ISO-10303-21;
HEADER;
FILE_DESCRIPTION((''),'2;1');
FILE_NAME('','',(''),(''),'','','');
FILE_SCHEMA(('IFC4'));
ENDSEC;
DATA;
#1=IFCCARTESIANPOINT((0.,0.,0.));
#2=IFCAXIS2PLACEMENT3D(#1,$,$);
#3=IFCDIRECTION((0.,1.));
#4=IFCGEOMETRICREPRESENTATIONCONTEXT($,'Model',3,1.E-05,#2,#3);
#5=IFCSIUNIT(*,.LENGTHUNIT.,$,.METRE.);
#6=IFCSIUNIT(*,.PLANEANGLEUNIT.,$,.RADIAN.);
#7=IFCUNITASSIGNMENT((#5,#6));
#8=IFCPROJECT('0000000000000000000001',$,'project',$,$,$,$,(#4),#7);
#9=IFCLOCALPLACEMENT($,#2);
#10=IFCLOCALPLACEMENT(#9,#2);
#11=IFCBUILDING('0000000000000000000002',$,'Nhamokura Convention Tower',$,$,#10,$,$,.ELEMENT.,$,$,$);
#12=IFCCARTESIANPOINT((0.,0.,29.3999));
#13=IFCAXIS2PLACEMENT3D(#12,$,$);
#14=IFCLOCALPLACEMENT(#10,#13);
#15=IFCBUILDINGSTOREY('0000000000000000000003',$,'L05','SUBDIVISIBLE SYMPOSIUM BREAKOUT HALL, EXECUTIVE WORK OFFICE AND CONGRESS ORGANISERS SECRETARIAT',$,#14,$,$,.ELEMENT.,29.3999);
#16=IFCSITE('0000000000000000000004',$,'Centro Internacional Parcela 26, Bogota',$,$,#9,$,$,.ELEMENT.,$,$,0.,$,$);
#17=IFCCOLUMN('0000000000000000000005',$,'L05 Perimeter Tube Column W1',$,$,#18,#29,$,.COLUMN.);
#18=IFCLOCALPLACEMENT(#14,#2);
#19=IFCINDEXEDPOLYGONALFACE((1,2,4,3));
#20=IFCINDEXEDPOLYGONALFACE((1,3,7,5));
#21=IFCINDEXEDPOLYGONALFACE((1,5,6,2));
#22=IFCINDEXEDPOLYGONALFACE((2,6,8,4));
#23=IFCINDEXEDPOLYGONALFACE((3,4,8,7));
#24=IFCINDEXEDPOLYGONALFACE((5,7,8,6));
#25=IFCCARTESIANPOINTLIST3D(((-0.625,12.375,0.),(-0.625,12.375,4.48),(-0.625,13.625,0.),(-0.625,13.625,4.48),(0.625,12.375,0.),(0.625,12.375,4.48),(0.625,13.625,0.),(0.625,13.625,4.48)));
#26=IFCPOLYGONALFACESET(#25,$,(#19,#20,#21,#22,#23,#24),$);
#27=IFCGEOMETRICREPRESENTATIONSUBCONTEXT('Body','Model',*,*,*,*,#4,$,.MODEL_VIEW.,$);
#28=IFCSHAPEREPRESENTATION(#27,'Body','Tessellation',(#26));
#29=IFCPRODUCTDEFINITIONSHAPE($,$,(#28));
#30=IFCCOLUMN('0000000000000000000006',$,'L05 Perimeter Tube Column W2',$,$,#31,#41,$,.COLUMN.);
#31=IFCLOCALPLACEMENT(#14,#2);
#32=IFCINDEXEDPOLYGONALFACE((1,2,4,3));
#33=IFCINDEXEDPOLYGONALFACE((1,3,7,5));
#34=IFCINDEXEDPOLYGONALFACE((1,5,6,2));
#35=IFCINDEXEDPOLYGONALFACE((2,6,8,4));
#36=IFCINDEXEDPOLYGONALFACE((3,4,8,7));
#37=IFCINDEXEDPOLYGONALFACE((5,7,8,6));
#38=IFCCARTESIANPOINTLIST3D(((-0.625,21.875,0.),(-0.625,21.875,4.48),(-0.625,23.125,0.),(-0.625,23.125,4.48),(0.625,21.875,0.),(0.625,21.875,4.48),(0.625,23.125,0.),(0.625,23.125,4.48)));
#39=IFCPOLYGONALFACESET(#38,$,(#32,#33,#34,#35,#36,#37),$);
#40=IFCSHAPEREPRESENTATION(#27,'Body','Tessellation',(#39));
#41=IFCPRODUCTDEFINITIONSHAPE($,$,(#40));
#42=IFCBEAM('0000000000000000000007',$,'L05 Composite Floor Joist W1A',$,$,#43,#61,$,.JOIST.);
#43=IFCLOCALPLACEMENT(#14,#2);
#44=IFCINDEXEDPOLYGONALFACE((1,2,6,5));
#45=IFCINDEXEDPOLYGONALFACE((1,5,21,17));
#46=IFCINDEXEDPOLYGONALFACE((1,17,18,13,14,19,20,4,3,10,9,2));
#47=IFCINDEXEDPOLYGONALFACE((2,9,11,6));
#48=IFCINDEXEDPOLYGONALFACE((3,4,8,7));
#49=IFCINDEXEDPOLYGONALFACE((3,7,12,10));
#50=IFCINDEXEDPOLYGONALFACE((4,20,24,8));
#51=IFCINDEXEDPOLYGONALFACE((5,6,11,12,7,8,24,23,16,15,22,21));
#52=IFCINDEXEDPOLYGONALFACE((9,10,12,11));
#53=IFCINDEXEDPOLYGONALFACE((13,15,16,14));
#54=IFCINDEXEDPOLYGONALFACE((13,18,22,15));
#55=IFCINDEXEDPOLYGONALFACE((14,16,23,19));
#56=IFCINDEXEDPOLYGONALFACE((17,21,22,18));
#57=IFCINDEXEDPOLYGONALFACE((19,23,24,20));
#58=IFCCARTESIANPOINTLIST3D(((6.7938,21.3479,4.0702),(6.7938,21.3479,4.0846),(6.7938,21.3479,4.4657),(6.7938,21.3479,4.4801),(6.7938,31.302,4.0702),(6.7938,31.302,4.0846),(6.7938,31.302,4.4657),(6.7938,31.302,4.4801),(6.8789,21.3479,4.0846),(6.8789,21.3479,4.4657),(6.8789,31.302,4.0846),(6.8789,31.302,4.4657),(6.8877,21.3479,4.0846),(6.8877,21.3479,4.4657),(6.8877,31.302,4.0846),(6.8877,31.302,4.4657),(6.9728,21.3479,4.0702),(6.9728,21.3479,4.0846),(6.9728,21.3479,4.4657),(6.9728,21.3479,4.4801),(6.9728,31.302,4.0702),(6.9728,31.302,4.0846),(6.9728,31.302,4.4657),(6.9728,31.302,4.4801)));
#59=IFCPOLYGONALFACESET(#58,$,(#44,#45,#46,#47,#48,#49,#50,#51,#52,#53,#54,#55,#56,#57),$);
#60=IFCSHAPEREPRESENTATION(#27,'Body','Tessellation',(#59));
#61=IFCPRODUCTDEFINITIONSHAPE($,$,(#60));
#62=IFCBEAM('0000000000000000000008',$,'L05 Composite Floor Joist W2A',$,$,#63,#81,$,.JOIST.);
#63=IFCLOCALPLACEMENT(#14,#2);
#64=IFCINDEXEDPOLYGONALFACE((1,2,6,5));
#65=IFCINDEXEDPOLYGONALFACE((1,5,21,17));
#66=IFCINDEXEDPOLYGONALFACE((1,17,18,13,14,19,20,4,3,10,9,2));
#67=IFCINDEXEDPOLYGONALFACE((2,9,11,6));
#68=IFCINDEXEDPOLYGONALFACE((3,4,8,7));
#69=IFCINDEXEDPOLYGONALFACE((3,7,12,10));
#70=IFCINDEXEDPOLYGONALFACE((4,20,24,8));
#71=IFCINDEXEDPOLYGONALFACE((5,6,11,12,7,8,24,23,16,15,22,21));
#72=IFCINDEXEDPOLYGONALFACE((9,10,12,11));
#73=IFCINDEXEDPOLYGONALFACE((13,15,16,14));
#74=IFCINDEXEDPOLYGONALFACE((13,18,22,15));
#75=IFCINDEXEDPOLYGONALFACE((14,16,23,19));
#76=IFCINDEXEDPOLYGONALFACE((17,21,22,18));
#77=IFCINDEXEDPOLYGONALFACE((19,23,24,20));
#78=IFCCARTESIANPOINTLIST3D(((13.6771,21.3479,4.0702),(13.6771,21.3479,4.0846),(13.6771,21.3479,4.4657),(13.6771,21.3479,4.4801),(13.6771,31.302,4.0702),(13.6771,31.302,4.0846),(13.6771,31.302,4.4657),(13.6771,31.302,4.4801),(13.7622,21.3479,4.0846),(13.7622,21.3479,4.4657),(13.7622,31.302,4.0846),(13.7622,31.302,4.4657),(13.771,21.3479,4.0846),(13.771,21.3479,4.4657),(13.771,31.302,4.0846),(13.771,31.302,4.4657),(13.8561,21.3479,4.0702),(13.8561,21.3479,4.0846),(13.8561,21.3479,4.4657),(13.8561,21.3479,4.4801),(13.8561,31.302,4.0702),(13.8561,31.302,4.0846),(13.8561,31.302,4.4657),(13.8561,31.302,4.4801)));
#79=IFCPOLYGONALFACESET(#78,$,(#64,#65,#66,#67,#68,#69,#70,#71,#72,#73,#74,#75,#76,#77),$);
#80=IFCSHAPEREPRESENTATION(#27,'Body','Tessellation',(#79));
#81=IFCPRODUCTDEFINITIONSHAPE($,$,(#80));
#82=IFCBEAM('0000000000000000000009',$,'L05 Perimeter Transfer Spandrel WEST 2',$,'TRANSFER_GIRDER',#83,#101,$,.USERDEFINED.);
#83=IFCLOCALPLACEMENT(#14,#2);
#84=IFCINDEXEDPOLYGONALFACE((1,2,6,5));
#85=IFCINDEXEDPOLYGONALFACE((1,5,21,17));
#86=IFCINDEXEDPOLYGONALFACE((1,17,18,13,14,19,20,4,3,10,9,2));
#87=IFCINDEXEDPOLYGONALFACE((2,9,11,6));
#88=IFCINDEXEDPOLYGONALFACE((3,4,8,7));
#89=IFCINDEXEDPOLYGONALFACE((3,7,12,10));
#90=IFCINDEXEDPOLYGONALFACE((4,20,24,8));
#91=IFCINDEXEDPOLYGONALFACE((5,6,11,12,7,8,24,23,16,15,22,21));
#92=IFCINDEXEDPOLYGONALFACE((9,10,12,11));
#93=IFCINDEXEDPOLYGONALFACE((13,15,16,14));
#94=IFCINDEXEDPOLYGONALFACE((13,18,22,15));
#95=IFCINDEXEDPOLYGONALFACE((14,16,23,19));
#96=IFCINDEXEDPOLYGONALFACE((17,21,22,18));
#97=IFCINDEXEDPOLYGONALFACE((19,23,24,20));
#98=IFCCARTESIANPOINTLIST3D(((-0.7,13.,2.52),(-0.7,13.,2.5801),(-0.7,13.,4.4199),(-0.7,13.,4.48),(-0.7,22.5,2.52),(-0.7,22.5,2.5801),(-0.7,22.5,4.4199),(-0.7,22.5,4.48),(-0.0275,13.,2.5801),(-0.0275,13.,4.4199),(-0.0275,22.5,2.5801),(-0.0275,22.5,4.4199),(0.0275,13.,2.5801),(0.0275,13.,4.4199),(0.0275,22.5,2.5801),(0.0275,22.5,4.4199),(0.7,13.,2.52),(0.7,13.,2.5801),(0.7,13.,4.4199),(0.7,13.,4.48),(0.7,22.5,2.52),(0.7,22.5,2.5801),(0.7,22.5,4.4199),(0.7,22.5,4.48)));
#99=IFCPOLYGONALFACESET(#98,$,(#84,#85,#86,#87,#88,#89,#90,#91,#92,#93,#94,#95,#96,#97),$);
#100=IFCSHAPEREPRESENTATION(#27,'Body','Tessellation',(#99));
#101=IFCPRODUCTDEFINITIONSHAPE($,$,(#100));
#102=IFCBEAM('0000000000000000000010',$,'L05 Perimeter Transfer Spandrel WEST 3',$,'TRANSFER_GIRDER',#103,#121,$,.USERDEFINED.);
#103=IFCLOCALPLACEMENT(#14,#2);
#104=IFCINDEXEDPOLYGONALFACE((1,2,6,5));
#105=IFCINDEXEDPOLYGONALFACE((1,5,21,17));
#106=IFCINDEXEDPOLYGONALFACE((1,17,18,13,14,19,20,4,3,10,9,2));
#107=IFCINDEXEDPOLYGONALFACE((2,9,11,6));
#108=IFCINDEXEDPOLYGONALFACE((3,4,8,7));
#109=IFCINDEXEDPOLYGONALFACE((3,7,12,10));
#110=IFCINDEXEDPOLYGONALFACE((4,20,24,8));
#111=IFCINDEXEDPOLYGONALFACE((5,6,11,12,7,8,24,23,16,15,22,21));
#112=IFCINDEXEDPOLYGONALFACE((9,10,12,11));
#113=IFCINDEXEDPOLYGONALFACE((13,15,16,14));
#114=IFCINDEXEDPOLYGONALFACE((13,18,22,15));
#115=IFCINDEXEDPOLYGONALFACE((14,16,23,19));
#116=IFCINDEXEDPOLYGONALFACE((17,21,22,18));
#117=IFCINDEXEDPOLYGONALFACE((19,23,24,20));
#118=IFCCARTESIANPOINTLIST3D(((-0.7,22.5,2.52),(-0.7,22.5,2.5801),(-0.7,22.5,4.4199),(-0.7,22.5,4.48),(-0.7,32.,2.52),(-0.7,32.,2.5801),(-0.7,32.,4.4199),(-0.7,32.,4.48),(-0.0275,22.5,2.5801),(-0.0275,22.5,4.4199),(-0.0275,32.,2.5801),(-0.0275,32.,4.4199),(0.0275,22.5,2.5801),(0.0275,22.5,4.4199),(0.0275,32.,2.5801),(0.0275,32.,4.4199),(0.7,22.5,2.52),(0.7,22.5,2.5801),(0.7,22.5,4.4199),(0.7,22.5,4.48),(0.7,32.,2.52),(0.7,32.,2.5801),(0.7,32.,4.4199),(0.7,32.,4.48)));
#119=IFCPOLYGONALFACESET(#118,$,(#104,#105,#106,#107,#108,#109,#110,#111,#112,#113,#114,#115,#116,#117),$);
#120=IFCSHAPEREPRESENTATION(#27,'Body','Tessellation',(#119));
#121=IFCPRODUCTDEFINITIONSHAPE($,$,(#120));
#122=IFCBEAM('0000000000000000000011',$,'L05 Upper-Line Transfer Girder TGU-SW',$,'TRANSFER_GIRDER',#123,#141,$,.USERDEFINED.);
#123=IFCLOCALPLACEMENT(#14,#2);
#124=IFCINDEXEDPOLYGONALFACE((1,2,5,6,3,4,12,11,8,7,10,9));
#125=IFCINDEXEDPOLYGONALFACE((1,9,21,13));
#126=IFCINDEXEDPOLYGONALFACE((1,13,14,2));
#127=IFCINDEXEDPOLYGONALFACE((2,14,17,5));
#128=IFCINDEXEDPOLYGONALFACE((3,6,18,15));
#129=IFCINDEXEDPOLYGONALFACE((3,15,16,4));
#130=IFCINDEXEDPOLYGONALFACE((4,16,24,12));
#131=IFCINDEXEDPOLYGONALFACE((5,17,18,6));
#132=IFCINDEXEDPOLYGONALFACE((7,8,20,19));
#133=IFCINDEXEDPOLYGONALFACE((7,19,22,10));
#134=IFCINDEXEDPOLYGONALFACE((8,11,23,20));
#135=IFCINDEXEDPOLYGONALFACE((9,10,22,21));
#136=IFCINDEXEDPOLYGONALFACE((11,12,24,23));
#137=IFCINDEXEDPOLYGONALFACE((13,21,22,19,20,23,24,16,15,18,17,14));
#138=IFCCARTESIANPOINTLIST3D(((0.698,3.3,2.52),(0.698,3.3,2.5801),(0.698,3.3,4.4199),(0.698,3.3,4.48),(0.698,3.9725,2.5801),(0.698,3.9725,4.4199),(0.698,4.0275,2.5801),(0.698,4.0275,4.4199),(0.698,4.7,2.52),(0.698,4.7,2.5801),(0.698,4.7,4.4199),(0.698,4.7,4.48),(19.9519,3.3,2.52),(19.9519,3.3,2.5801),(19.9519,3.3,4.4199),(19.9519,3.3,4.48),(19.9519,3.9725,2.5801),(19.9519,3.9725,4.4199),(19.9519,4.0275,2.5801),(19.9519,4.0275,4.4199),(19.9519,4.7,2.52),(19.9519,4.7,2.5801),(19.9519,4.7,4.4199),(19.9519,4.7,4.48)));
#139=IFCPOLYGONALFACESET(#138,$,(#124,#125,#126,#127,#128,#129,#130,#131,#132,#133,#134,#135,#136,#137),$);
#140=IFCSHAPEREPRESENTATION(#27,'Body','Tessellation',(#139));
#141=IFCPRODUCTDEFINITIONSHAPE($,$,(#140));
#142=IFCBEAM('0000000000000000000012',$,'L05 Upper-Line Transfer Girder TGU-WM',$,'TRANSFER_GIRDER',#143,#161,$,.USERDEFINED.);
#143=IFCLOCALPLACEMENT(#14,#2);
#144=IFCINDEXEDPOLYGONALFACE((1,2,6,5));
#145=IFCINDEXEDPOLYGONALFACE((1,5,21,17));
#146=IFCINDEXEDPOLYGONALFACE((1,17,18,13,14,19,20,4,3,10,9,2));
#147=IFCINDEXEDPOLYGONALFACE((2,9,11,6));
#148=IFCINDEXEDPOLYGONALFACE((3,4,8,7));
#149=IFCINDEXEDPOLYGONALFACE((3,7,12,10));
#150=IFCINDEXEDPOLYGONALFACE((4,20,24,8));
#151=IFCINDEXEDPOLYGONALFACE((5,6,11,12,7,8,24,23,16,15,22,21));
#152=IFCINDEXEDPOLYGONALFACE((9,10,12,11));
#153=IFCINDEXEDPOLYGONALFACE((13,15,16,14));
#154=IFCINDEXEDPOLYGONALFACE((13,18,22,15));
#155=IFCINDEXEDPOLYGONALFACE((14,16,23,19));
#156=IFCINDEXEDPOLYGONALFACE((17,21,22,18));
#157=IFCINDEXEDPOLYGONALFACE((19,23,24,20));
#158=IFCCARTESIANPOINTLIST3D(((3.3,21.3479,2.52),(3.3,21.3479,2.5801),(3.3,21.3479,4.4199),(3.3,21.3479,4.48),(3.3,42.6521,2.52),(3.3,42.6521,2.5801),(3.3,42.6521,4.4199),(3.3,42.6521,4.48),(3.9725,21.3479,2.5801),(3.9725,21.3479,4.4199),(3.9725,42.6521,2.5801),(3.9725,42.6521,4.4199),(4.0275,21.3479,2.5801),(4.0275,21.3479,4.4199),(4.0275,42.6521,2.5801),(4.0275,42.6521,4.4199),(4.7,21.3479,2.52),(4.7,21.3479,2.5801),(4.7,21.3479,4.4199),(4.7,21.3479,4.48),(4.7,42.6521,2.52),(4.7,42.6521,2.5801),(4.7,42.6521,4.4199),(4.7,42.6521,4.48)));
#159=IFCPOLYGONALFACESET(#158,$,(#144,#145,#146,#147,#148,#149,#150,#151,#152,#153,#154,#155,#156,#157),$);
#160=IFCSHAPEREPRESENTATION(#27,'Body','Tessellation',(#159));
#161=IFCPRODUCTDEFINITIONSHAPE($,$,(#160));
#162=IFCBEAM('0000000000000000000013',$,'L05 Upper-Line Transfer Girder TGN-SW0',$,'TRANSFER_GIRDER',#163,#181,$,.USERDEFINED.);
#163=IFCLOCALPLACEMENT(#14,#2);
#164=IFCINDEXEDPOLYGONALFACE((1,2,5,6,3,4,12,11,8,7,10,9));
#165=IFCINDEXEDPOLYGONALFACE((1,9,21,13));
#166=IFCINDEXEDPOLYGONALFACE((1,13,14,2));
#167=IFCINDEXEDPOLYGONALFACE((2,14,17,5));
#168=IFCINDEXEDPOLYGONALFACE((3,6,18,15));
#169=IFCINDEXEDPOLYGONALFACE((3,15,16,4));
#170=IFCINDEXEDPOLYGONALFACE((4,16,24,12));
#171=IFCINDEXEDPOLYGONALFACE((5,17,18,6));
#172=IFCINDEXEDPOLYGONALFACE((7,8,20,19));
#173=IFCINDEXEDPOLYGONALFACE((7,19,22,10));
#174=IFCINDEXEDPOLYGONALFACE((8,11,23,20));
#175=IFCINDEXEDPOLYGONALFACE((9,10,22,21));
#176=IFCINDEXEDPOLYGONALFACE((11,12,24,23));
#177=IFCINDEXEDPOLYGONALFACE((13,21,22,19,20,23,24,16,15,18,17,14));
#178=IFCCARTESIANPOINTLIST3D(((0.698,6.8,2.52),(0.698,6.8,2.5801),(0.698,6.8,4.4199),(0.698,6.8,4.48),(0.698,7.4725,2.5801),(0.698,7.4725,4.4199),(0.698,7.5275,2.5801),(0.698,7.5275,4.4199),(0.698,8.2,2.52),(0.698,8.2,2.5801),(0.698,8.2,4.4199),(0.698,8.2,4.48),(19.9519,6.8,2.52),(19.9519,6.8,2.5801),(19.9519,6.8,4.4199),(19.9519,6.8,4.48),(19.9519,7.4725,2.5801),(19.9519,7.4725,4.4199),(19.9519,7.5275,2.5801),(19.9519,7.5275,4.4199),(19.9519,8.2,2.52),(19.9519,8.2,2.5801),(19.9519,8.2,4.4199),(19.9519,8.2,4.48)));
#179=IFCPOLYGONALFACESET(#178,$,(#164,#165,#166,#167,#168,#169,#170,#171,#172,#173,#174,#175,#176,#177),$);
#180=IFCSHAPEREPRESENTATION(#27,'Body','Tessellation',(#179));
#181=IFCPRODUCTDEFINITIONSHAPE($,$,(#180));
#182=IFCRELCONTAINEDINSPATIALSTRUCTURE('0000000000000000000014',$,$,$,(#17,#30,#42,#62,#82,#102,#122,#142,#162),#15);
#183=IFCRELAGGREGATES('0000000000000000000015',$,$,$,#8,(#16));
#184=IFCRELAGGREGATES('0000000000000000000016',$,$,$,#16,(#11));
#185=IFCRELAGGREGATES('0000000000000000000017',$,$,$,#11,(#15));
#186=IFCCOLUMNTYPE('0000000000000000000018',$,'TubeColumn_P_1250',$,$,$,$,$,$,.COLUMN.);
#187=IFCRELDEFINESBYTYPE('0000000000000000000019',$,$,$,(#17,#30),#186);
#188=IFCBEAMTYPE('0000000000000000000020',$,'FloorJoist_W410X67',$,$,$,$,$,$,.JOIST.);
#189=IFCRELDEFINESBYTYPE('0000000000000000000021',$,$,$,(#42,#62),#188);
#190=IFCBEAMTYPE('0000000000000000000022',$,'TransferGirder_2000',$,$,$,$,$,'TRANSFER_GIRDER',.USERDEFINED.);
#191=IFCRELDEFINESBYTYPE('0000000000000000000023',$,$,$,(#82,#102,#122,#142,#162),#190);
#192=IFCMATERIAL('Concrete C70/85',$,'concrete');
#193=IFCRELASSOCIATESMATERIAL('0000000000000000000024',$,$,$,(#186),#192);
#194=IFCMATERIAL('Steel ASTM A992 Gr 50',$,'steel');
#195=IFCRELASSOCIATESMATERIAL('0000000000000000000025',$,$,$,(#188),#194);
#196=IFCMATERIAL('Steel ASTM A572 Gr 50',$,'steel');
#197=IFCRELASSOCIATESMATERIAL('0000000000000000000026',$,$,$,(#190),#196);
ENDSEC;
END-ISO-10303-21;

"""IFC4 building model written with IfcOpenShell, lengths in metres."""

from ifc_helpers import new_model, si_unit, direction, frame, origin, origin_2d, place, context, subcontext, project, spatial, rectangle, i_section, extrude, material, material_profile, profile_set, type_object, element, save


model = new_model("IFC4")

# Units and contexts
model_context = context("Model", 3, precision=1e-05, world=origin(), true_north=direction((0.0, 1.0)))
body_context = subcontext(model_context, "Body", "Model", "MODEL_VIEW")
ifc_project = project(units=[si_unit("LENGTHUNIT", "METRE"), si_unit("PLANEANGLEUNIT", "RADIAN")], contexts=[model_context])

# Site, building, storey
site_placement = place(None, origin())
site = spatial("IfcSite", under=ifc_project, at=site_placement, Name="Centro Internacional Parcela 26, Bogota", CompositionType="ELEMENT", RefElevation=0.0)
building_placement = place(site_placement, origin())
building = spatial("IfcBuilding", under=site, at=building_placement, Name="Nhamokura Convention Tower", CompositionType="ELEMENT")
storey_placement = place(building_placement, frame((0.0, 0.0, 29.3999)))
storey = spatial("IfcBuildingStorey", under=building, at=storey_placement, Name="L05", Description="SUBDIVISIBLE SYMPOSIUM BREAKOUT HALL, EXECUTIVE WORK OFFICE AND CONGRESS ORGANISERS SECRETARIAT", CompositionType="ELEMENT", Elevation=29.3999)

# Columns
ifc_material_1 = material(Name="Concrete C70/85", Category="concrete")
ifc_material_profile_1 = material_profile(ifc_material_1, rectangle(XDim=1.25, YDim=1.25, at=origin_2d()))
ifc_profile_set_1 = profile_set([ifc_material_profile_1], Name="Concrete C70/85")
column_type = type_object("IfcColumnType", Name="TubeColumn_P_1250", PredefinedType="COLUMN", material=ifc_profile_set_1)
for number, where, z_axis, x_axis, name in (
    (1, (0.0, 13.0, 0.0), (0.0, 0.0, 1.0), (1.0, 0.0, 0.0), "L05 Perimeter Tube Column W1"),
    (2, (0.0, 22.5, 0.0), (0.0, 0.0, 1.0), (1.0, 0.0, 0.0), "L05 Perimeter Tube Column W2"),
):
    element("IfcColumn", number, at=place(storey_placement, frame(where, z_axis=z_axis, x_axis=x_axis)), inside=storey, type_object=column_type, Name=name, PredefinedType="COLUMN", context=body_context, shape_type="SweptSolid", body=[
        extrude(rectangle(XDim=1.25, YDim=1.25, at=origin_2d()), origin(), (0.0, 0.0, 1.0), 4.48),
    ])

# Beams
ifc_material_2 = material(Name="Steel ASTM A992 Gr 50", Category="steel")
ifc_material_profile_2 = material_profile(ifc_material_2, i_section(OverallWidth=0.179, OverallDepth=0.4099, WebThickness=0.0088, FlangeThickness=0.0144, at=origin_2d()))
ifc_profile_set_2 = profile_set([ifc_material_profile_2], Name="Steel ASTM A992 Gr 50")
beam_type_1 = type_object("IfcBeamType", Name="FloorJoist_W410X67", PredefinedType="JOIST", material=ifc_profile_set_2)
for number, where, z_axis, x_axis, name in (
    (3, (6.8833, 21.3479, 4.2751), (0.0, 1.0, 0.0), (-1.0, 0.0, 0.0), "L05 Composite Floor Joist W1A"),
    (4, (13.7666, 21.3479, 4.2751), (0.0, 1.0, 0.0), (-1.0, 0.0, 0.0), "L05 Composite Floor Joist W2A"),
):
    element("IfcBeam", number, at=place(storey_placement, frame(where, z_axis=z_axis, x_axis=x_axis)), inside=storey, type_object=beam_type_1, Name=name, PredefinedType="JOIST", context=body_context, shape_type="SweptSolid", body=[
        extrude(i_section(OverallWidth=0.179, OverallDepth=0.4099, WebThickness=0.0088, FlangeThickness=0.0144, at=origin_2d()), origin(), (0.0, 0.0, 1.0), 9.9541),
    ])
ifc_material_3 = material(Name="Steel ASTM A572 Gr 50", Category="steel")
ifc_material_profile_3 = material_profile(ifc_material_3, i_section(OverallWidth=1.3999, OverallDepth=1.96, WebThickness=0.0549, FlangeThickness=0.0601, at=origin_2d()))
ifc_profile_set_3 = profile_set([ifc_material_profile_3], Name="Steel ASTM A572 Gr 50")
beam_type_2 = type_object("IfcBeamType", Name="TransferGirder_2000", ElementType="TRANSFER_GIRDER", PredefinedType="USERDEFINED", material=ifc_profile_set_3)
for number, where, z_axis, x_axis, name in (
    (5, (0.0, 13.0, 3.5), (0.0, 1.0, 0.0), (-1.0, 0.0, 0.0), "L05 Perimeter Transfer Spandrel WEST 2"),
    (6, (0.0, 22.5, 3.5), (0.0, 1.0, 0.0), (-1.0, 0.0, 0.0), "L05 Perimeter Transfer Spandrel WEST 3"),
):
    element("IfcBeam", number, at=place(storey_placement, frame(where, z_axis=z_axis, x_axis=x_axis)), inside=storey, type_object=beam_type_2, Name=name, ObjectType="TRANSFER_GIRDER", PredefinedType="USERDEFINED", context=body_context, shape_type="SweptSolid", body=[
        extrude(i_section(OverallWidth=1.3999, OverallDepth=1.96, WebThickness=0.0549, FlangeThickness=0.0601, at=origin_2d()), origin(), (0.0, 0.0, 1.0), 9.5),
    ])
beam_1_placement = place(storey_placement, frame((0.698, 4.0, 3.5), z_axis=(1.0, 0.0, 0.0), x_axis=(0.0, 1.0, 0.0)))
element("IfcBeam", 7, at=beam_1_placement, inside=storey, type_object=beam_type_2, Name="L05 Upper-Line Transfer Girder TGU-SW", ObjectType="TRANSFER_GIRDER", PredefinedType="USERDEFINED", context=body_context, shape_type="SweptSolid", body=[
    extrude(i_section(OverallWidth=1.3999, OverallDepth=1.96, WebThickness=0.0549, FlangeThickness=0.0601, at=origin_2d()), origin(), (0.0, 0.0, 1.0), 19.2539),
])
beam_2_placement = place(storey_placement, frame((4.0, 21.3479, 3.5), z_axis=(0.0, 1.0, 0.0), x_axis=(-1.0, 0.0, 0.0)))
element("IfcBeam", 8, at=beam_2_placement, inside=storey, type_object=beam_type_2, Name="L05 Upper-Line Transfer Girder TGU-WM", ObjectType="TRANSFER_GIRDER", PredefinedType="USERDEFINED", context=body_context, shape_type="SweptSolid", body=[
    extrude(i_section(OverallWidth=1.3999, OverallDepth=1.96, WebThickness=0.0549, FlangeThickness=0.0601, at=origin_2d()), origin(), (0.0, 0.0, 1.0), 21.3042),
])
beam_3_placement = place(storey_placement, frame((0.698, 7.5, 3.5), z_axis=(1.0, 0.0, 0.0), x_axis=(0.0, 1.0, 0.0)))
element("IfcBeam", 9, at=beam_3_placement, inside=storey, type_object=beam_type_2, Name="L05 Upper-Line Transfer Girder TGN-SW0", ObjectType="TRANSFER_GIRDER", PredefinedType="USERDEFINED", context=body_context, shape_type="SweptSolid", body=[
    extrude(i_section(OverallWidth=1.3999, OverallDepth=1.96, WebThickness=0.0549, FlangeThickness=0.0601, at=origin_2d()), origin(), (0.0, 0.0, 1.0), 19.2539),
])

save(model, "model.ifc")
